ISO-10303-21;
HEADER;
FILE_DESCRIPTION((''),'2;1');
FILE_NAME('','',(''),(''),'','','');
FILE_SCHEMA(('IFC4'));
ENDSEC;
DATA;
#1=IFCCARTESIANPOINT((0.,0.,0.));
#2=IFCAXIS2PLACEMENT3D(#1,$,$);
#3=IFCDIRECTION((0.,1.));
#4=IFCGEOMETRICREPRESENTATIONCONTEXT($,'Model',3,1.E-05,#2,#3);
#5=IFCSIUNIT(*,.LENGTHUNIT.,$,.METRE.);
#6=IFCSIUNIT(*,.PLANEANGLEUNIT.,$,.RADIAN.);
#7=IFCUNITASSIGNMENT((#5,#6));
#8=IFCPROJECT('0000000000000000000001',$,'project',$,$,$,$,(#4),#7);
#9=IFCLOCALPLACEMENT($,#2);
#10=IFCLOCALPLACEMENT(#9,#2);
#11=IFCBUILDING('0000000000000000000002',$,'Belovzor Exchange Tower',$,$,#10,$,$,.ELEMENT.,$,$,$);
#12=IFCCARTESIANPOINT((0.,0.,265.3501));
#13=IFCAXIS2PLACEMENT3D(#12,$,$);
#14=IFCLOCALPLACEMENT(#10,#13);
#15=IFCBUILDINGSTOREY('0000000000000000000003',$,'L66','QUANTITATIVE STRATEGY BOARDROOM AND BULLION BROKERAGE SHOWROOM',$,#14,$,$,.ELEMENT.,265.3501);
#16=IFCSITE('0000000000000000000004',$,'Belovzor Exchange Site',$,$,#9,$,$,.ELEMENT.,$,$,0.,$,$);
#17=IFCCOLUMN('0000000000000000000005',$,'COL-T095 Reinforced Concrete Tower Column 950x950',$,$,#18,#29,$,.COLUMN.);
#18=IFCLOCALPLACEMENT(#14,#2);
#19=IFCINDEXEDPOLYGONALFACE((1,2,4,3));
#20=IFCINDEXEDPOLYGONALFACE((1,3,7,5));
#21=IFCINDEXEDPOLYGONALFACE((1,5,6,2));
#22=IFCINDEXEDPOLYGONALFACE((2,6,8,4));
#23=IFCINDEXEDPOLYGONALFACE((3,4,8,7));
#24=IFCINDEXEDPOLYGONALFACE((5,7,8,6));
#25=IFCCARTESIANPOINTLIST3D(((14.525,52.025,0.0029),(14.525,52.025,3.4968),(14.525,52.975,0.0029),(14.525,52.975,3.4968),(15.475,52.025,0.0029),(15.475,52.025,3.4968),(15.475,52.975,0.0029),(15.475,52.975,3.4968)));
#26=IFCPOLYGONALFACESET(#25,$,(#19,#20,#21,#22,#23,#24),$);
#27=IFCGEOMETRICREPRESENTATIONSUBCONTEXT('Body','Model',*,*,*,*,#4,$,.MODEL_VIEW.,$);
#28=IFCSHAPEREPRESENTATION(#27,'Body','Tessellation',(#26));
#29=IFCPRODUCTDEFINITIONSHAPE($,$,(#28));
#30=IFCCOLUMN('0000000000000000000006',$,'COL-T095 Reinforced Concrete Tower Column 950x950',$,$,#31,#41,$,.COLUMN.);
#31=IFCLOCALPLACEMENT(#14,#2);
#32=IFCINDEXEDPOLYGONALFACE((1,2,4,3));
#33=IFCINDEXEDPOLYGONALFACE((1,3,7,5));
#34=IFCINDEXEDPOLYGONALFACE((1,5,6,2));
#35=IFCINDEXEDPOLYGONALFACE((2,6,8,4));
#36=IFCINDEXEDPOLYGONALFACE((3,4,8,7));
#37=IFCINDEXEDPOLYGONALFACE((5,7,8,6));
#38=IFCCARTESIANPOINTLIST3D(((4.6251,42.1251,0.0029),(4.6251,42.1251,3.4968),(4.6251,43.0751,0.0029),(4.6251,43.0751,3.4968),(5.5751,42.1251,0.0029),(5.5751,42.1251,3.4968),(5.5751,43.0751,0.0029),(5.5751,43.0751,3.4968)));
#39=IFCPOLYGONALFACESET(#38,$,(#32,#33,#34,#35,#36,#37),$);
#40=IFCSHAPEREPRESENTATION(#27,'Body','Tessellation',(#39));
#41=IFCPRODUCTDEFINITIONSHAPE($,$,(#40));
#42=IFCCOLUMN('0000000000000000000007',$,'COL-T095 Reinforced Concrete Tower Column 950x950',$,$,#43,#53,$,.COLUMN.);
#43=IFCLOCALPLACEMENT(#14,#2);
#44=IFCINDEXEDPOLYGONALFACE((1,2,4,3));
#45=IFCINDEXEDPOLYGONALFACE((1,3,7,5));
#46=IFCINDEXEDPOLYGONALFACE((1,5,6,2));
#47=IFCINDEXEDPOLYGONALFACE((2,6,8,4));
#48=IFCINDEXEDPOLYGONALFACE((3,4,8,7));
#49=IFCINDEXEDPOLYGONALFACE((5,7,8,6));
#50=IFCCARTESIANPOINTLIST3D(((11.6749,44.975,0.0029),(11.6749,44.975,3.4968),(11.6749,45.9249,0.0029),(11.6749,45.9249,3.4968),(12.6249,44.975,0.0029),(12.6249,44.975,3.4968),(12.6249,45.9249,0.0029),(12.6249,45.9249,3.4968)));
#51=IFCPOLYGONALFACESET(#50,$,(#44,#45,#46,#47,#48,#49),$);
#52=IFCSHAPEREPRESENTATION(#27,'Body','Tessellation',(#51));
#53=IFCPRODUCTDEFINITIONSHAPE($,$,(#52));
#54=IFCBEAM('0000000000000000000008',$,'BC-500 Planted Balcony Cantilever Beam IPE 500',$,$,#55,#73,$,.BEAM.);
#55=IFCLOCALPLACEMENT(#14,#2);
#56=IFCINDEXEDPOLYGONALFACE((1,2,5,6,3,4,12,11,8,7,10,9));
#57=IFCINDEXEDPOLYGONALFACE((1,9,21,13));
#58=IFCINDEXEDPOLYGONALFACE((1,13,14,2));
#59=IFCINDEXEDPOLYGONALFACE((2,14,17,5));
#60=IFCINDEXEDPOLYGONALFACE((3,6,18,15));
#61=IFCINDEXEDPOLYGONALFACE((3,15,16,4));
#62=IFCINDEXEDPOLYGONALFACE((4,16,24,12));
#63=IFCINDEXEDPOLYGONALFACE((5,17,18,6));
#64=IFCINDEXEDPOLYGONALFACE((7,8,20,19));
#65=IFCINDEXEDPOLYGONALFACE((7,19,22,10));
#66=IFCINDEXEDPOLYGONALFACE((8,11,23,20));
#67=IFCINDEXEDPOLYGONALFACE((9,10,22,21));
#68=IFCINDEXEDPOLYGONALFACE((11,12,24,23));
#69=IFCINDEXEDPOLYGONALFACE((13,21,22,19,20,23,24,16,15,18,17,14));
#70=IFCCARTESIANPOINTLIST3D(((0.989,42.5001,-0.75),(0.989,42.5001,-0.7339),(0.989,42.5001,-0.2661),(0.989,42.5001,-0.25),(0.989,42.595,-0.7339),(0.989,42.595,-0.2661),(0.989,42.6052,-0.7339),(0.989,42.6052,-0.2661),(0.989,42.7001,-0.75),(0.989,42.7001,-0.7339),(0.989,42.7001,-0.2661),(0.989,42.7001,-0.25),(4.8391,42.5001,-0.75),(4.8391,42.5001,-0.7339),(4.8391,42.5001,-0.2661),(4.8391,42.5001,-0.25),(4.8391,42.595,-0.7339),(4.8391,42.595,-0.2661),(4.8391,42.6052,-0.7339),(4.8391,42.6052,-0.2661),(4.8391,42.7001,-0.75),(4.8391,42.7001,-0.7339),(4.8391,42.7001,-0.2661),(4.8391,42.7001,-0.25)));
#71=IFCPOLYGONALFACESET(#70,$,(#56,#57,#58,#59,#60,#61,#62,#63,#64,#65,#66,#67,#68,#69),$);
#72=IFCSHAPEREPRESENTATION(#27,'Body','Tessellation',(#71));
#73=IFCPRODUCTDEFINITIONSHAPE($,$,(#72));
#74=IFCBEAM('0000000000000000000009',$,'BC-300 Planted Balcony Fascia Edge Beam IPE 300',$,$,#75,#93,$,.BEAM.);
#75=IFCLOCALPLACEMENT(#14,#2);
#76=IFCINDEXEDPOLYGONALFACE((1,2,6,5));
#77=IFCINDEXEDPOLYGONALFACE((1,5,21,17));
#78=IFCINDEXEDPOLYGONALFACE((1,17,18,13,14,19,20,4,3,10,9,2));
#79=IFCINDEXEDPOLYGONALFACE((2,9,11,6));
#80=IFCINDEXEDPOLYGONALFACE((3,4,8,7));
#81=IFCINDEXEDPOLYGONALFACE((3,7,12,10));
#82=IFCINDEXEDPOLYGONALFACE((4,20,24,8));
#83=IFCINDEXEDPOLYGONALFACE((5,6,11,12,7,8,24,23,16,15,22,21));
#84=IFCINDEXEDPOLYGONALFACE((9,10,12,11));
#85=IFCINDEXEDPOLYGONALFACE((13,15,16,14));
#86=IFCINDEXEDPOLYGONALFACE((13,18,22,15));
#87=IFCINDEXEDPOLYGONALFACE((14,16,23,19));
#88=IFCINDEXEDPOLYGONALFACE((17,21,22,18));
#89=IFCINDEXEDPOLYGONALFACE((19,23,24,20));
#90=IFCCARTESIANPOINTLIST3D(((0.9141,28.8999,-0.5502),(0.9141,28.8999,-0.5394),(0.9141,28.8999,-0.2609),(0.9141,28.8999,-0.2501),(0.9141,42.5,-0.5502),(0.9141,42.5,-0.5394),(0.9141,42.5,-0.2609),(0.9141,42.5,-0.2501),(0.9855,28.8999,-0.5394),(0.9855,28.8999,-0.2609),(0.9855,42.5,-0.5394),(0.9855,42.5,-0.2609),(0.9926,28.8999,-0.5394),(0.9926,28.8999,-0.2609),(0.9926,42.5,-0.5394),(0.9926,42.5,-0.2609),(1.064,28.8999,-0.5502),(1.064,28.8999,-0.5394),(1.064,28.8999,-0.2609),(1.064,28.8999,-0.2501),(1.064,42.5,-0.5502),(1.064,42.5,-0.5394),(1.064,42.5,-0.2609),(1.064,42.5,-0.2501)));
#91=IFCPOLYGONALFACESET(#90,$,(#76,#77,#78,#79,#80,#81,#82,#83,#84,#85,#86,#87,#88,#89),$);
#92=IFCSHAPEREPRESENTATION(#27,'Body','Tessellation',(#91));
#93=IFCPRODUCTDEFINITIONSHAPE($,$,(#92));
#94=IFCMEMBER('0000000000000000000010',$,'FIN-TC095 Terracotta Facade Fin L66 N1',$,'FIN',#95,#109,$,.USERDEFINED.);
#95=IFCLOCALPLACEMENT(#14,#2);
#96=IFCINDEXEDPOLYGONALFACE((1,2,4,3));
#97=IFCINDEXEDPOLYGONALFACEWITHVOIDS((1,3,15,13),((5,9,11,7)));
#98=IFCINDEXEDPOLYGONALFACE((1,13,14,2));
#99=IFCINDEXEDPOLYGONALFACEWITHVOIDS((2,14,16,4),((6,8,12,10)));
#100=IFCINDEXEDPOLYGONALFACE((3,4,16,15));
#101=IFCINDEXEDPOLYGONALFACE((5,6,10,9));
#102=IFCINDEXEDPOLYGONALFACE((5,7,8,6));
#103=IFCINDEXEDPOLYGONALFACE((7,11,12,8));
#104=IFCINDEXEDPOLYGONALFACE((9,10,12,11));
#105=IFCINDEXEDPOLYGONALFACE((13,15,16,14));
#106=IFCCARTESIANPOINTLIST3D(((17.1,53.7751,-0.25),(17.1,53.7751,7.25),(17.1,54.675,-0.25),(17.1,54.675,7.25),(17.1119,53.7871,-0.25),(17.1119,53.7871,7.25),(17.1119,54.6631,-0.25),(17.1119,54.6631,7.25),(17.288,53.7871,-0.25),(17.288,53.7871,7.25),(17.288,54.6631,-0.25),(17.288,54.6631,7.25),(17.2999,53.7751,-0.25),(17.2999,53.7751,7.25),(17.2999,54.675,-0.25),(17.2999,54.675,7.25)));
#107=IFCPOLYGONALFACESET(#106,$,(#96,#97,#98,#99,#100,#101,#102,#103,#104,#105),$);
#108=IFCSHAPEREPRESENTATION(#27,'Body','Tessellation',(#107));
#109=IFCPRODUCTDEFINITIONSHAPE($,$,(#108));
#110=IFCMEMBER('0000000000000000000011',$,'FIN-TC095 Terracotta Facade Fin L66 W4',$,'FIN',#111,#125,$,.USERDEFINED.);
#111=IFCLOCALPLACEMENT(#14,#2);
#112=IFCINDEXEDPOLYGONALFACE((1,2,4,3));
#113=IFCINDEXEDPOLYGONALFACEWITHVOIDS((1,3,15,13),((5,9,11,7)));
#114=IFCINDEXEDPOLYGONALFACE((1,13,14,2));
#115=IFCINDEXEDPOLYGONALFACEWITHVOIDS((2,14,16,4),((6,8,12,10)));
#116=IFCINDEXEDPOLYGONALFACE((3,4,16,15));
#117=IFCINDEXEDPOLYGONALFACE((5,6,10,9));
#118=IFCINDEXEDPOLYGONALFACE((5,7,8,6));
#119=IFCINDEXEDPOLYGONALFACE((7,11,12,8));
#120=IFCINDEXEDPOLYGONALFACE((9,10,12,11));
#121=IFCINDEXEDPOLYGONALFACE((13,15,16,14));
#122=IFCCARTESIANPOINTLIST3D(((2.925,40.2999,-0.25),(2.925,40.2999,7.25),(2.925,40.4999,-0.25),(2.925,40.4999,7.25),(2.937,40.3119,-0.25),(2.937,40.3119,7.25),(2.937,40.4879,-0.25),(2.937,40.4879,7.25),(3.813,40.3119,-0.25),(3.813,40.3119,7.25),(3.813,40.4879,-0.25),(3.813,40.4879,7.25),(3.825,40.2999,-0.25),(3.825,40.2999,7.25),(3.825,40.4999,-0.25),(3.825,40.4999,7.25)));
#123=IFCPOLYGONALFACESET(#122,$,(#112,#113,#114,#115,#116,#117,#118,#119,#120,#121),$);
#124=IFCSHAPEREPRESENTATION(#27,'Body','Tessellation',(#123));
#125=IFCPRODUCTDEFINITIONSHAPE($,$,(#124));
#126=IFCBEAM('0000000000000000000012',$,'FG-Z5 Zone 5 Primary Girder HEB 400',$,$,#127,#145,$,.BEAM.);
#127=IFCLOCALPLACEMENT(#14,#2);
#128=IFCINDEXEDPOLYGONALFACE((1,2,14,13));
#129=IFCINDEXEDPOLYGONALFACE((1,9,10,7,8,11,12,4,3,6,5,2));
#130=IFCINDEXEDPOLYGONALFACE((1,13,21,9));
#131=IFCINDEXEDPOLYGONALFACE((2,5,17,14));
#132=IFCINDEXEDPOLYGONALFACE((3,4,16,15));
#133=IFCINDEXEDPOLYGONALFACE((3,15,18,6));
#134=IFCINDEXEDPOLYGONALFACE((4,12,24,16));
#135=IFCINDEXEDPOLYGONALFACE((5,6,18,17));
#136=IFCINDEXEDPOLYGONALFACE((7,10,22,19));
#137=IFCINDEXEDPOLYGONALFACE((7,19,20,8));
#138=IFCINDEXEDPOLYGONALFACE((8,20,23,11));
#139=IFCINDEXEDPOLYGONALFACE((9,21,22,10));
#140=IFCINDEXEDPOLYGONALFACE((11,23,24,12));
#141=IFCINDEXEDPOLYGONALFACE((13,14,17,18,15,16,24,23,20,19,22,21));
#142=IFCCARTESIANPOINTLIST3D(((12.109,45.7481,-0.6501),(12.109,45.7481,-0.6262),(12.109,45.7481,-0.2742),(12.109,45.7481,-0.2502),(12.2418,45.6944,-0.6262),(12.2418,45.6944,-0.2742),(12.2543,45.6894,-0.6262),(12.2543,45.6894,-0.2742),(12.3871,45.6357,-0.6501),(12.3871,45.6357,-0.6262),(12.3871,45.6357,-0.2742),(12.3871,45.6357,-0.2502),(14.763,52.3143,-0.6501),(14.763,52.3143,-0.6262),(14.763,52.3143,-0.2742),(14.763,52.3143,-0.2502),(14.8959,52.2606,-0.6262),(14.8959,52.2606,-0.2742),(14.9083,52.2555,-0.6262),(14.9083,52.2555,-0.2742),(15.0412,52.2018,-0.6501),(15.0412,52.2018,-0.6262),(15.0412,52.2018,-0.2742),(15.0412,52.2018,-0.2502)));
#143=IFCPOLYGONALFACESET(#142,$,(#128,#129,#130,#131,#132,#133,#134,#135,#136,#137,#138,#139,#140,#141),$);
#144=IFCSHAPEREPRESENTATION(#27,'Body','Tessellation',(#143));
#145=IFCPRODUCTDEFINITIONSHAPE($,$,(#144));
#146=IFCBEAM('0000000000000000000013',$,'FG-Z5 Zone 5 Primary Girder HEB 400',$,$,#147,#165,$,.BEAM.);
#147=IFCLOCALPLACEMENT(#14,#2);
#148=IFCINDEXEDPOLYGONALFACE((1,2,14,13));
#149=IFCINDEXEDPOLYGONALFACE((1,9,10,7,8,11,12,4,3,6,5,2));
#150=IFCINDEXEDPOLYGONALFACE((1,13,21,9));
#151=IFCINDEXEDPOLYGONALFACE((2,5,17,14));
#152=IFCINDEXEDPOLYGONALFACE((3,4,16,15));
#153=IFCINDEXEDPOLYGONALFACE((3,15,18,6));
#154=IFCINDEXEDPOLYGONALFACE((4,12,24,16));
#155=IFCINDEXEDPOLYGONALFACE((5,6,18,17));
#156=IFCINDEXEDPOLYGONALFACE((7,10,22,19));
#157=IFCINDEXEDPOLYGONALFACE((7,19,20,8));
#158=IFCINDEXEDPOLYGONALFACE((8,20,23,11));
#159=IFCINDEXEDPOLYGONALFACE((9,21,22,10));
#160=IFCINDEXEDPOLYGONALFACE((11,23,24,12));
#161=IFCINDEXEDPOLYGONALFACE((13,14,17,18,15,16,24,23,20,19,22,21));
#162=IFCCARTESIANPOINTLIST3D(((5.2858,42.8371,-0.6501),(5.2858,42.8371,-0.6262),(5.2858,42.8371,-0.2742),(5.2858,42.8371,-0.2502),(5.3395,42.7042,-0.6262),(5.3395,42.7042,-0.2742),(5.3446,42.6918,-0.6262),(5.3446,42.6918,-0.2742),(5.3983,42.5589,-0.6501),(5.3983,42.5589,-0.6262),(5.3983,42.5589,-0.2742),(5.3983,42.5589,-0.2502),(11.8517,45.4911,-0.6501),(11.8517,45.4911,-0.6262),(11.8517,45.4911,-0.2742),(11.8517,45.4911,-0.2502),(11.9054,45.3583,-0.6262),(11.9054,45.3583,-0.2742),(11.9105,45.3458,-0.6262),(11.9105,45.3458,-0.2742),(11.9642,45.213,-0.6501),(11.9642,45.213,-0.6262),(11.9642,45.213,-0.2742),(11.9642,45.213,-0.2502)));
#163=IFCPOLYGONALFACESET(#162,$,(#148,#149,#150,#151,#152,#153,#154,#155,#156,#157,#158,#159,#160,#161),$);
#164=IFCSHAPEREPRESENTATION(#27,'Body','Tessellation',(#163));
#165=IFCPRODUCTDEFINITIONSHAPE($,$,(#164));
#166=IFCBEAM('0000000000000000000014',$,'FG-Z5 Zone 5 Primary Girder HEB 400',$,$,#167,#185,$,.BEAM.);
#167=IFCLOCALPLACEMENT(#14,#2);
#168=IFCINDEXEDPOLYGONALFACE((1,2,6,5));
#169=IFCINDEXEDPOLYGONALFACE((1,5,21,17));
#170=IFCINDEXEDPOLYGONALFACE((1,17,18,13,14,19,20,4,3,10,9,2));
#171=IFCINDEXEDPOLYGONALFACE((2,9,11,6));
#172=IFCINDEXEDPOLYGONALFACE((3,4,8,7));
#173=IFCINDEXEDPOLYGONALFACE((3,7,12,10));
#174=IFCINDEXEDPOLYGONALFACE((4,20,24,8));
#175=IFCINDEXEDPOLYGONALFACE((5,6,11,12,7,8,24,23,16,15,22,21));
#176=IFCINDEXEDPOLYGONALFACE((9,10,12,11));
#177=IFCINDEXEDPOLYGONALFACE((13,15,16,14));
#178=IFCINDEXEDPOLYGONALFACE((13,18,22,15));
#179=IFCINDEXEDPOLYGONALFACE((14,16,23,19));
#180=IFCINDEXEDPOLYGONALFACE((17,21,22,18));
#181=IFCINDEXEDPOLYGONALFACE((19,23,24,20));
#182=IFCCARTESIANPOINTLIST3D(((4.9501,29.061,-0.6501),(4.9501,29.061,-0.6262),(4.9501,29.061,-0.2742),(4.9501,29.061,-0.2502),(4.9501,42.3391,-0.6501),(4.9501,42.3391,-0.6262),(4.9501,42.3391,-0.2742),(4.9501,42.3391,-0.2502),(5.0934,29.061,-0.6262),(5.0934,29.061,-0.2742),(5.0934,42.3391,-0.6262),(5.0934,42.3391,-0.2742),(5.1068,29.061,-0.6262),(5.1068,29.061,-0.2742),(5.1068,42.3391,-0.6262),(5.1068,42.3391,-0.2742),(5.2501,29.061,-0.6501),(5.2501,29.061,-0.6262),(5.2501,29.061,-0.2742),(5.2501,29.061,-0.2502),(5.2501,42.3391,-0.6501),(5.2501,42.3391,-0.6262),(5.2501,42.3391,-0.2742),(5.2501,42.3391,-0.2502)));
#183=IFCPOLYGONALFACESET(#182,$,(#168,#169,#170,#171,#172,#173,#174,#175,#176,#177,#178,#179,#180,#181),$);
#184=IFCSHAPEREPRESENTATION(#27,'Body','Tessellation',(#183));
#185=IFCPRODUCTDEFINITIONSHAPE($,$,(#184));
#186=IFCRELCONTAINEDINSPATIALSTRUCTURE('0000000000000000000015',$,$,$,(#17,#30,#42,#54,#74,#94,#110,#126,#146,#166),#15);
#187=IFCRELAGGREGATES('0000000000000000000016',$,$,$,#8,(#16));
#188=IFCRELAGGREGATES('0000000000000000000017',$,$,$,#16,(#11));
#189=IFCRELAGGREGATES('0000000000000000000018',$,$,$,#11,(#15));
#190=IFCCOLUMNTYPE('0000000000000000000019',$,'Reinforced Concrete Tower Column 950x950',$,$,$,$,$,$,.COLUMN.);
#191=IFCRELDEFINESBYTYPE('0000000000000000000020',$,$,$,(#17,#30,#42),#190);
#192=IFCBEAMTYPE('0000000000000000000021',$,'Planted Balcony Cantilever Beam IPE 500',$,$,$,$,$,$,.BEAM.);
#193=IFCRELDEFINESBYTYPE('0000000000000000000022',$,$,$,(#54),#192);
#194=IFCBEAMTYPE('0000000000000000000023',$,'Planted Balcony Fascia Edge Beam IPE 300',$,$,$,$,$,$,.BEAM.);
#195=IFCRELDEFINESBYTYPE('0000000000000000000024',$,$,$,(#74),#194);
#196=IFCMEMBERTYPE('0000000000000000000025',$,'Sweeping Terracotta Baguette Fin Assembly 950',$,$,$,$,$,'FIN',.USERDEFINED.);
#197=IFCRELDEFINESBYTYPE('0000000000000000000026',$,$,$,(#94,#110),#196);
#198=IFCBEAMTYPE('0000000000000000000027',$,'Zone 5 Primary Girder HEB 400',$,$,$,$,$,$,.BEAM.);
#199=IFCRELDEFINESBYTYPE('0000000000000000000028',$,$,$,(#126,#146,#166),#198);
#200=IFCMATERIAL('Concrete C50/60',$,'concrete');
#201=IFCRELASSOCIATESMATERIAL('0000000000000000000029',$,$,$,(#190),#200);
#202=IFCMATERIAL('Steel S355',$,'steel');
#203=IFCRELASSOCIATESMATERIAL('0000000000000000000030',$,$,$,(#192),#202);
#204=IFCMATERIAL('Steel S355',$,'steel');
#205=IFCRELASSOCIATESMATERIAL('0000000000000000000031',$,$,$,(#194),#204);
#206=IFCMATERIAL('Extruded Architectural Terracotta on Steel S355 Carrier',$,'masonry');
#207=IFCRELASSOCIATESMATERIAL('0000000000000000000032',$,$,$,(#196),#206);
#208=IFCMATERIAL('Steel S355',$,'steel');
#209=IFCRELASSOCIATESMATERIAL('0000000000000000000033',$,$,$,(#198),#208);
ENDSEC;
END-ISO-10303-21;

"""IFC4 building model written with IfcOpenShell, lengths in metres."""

from ifc_helpers import new_model, si_unit, direction, frame, origin, origin_2d, place, context, subcontext, project, spatial, rectangle, hollow_rectangle, i_section, extrude, material, material_profile, profile_set, type_object, element, save


model = new_model("IFC4")

# Units and contexts
model_context = context("Model", 3, precision=1e-05, world=origin(), true_north=direction((0.0, 1.0)))
body_context = subcontext(model_context, "Body", "Model", "MODEL_VIEW")
ifc_project = project(units=[si_unit("LENGTHUNIT", "METRE"), si_unit("PLANEANGLEUNIT", "RADIAN")], contexts=[model_context])

# Site, building, storey
site_placement = place(None, origin())
site = spatial("IfcSite", under=ifc_project, at=site_placement, Name="Belovzor Exchange Site", CompositionType="ELEMENT", RefElevation=0.0)
building_placement = place(site_placement, origin())
building = spatial("IfcBuilding", under=site, at=building_placement, Name="Belovzor Exchange Tower", CompositionType="ELEMENT")
storey_placement = place(building_placement, frame((0.0, 0.0, 265.3501)))
storey = spatial("IfcBuildingStorey", under=building, at=storey_placement, Name="L66", Description="QUANTITATIVE STRATEGY BOARDROOM AND BULLION BROKERAGE SHOWROOM", CompositionType="ELEMENT", Elevation=265.3501)

# Columns
ifc_material_1 = material(Name="Concrete C50/60", Category="concrete")
ifc_material_profile_1 = material_profile(ifc_material_1, rectangle(XDim=0.95, YDim=0.95, at=origin_2d()))
ifc_profile_set_1 = profile_set([ifc_material_profile_1], Name="Concrete C50/60")
column_type = type_object("IfcColumnType", Name="Reinforced Concrete Tower Column 950x950", PredefinedType="COLUMN", material=ifc_profile_set_1)
for number, where, z_axis, x_axis, name in (
    (1, (15.0, 52.5, 0.0029), (0.0, 0.0, 1.0), (1.0, 0.0, 0.0), "COL-T095 Reinforced Concrete Tower Column 950x950"),
    (2, (5.1001, 42.6001, 0.0029), (0.0, 0.0, 1.0), (1.0, 0.0, 0.0), "COL-T095 Reinforced Concrete Tower Column 950x950"),
    (3, (12.1499, 45.45, 0.0029), (0.0, 0.0, 1.0), (1.0, 0.0, 0.0), "COL-T095 Reinforced Concrete Tower Column 950x950"),
):
    element("IfcColumn", number, at=place(storey_placement, frame(where, z_axis=z_axis, x_axis=x_axis)), inside=storey, type_object=column_type, Name=name, PredefinedType="COLUMN", context=body_context, shape_type="SweptSolid", body=[
        extrude(rectangle(XDim=0.95, YDim=0.95, at=origin_2d()), origin(), (0.0, 0.0, 1.0), 3.4939),
    ])

# Beams
ifc_material_2 = material(Name="Steel S355", Category="steel")
ifc_material_profile_2 = material_profile(ifc_material_2, i_section(OverallWidth=0.2, OverallDepth=0.5, WebThickness=0.0103, FlangeThickness=0.0161, at=origin_2d()))
ifc_profile_set_2 = profile_set([ifc_material_profile_2], Name="Steel S355")
beam_type_1 = type_object("IfcBeamType", Name="Planted Balcony Cantilever Beam IPE 500", PredefinedType="BEAM", material=ifc_profile_set_2)
beam_1_placement = place(storey_placement, frame((4.8391, 42.6001, -0.5), z_axis=(-1.0, 0.0, 0.0), x_axis=(0.0, -1.0, 0.0)))
element("IfcBeam", 4, at=beam_1_placement, inside=storey, type_object=beam_type_1, Name="BC-500 Planted Balcony Cantilever Beam IPE 500", PredefinedType="BEAM", context=body_context, shape_type="SweptSolid", body=[
    extrude(i_section(OverallWidth=0.2, OverallDepth=0.5, WebThickness=0.0103, FlangeThickness=0.0161, at=origin_2d()), origin(), (0.0, 0.0, 1.0), 3.8501),
])
ifc_material_3 = material(Name="Steel S355", Category="steel")
ifc_material_profile_3 = material_profile(ifc_material_3, i_section(OverallWidth=0.1499, OverallDepth=0.3, WebThickness=0.0071, FlangeThickness=0.0107, at=origin_2d()))
ifc_profile_set_3 = profile_set([ifc_material_profile_3], Name="Steel S355")
beam_type_2 = type_object("IfcBeamType", Name="Planted Balcony Fascia Edge Beam IPE 300", PredefinedType="BEAM", material=ifc_profile_set_3)
beam_2_placement = place(storey_placement, frame((0.989, 42.5, -0.4001), z_axis=(0.0, -1.0, 0.0), x_axis=(1.0, 0.0, 0.0)))
element("IfcBeam", 5, at=beam_2_placement, inside=storey, type_object=beam_type_2, Name="BC-300 Planted Balcony Fascia Edge Beam IPE 300", PredefinedType="BEAM", context=body_context, shape_type="SweptSolid", body=[
    extrude(i_section(OverallWidth=0.1499, OverallDepth=0.3, WebThickness=0.0071, FlangeThickness=0.0107, at=origin_2d()), origin(), (0.0, 0.0, 1.0), 13.6001),
])

# Members
ifc_material_4 = material(Name="Extruded Architectural Terracotta on Steel S355 Carrier", Category="masonry")
ifc_material_profile_4 = material_profile(ifc_material_4, hollow_rectangle(XDim=0.2, YDim=0.8999, WallThickness=0.012, at=origin_2d()))
ifc_profile_set_4 = profile_set([ifc_material_profile_4], Name="Extruded Architectural Terracotta on Steel S355 Carrier")
member_type = type_object("IfcMemberType", Name="Sweeping Terracotta Baguette Fin Assembly 950", ElementType="FIN", PredefinedType="USERDEFINED", material=ifc_profile_set_4)
for number, where, z_axis, x_axis, name in (
    (6, (17.2, 54.2251, -0.25), (0.0, 0.0, 1.0), (1.0, 0.0, 0.0), "FIN-TC095 Terracotta Facade Fin L66 N1"),
    (7, (3.375, 40.3999, -0.25), (0.0, 0.0, 1.0), (0.0, 1.0, 0.0), "FIN-TC095 Terracotta Facade Fin L66 W4"),
):
    element("IfcMember", number, at=place(storey_placement, frame(where, z_axis=z_axis, x_axis=x_axis)), inside=storey, type_object=member_type, Name=name, ObjectType="FIN", PredefinedType="USERDEFINED", context=body_context, shape_type="SweptSolid", body=[
        extrude(hollow_rectangle(XDim=0.2, YDim=0.8999, WallThickness=0.012, at=origin_2d()), origin(), (0.0, 0.0, 1.0), 7.5),
    ])

# Beams
ifc_material_5 = material(Name="Steel S355", Category="steel")
ifc_material_profile_5 = material_profile(ifc_material_5, i_section(OverallWidth=0.3, OverallDepth=0.3999, WebThickness=0.0134, FlangeThickness=0.0239, at=origin_2d()))
ifc_profile_set_5 = profile_set([ifc_material_profile_5], Name="Steel S355")
beam_type_3 = type_object("IfcBeamType", Name="Zone 5 Primary Girder HEB 400", PredefinedType="BEAM", material=ifc_profile_set_5)
beam_3_placement = place(storey_placement, frame((14.9021, 52.2581, -0.4502), z_axis=(-0.374746, -0.927127, 0.0), x_axis=(0.927127, -0.374746, 0.0)))
element("IfcBeam", 8, at=beam_3_placement, inside=storey, type_object=beam_type_3, Name="FG-Z5 Zone 5 Primary Girder HEB 400", PredefinedType="BEAM", context=body_context, shape_type="SweptSolid", body=[
    extrude(i_section(OverallWidth=0.3, OverallDepth=0.3999, WebThickness=0.0134, FlangeThickness=0.0239, at=origin_2d()), origin(), (0.0, 0.0, 1.0), 7.0823),
])
beam_4_placement = place(storey_placement, frame((11.908, 45.3521, -0.4502), z_axis=(-0.927123, -0.374758, 0.0), x_axis=(0.374758, -0.927123, 0.0)))
element("IfcBeam", 9, at=beam_4_placement, inside=storey, type_object=beam_type_3, Name="FG-Z5 Zone 5 Primary Girder HEB 400", PredefinedType="BEAM", context=body_context, shape_type="SweptSolid", body=[
    extrude(i_section(OverallWidth=0.3, OverallDepth=0.3999, WebThickness=0.0134, FlangeThickness=0.0239, at=origin_2d()), origin(), (0.0, 0.0, 1.0), 7.082),
])
beam_5_placement = place(storey_placement, frame((5.1001, 42.3391, -0.4502), z_axis=(0.0, -1.0, 0.0), x_axis=(1.0, 0.0, 0.0)))
element("IfcBeam", 10, at=beam_5_placement, inside=storey, type_object=beam_type_3, Name="FG-Z5 Zone 5 Primary Girder HEB 400", PredefinedType="BEAM", context=body_context, shape_type="SweptSolid", body=[
    extrude(i_section(OverallWidth=0.3, OverallDepth=0.3999, WebThickness=0.0134, FlangeThickness=0.0239, at=origin_2d()), origin(), (0.0, 0.0, 1.0), 13.2781),
])

save(model, "model.ifc")
